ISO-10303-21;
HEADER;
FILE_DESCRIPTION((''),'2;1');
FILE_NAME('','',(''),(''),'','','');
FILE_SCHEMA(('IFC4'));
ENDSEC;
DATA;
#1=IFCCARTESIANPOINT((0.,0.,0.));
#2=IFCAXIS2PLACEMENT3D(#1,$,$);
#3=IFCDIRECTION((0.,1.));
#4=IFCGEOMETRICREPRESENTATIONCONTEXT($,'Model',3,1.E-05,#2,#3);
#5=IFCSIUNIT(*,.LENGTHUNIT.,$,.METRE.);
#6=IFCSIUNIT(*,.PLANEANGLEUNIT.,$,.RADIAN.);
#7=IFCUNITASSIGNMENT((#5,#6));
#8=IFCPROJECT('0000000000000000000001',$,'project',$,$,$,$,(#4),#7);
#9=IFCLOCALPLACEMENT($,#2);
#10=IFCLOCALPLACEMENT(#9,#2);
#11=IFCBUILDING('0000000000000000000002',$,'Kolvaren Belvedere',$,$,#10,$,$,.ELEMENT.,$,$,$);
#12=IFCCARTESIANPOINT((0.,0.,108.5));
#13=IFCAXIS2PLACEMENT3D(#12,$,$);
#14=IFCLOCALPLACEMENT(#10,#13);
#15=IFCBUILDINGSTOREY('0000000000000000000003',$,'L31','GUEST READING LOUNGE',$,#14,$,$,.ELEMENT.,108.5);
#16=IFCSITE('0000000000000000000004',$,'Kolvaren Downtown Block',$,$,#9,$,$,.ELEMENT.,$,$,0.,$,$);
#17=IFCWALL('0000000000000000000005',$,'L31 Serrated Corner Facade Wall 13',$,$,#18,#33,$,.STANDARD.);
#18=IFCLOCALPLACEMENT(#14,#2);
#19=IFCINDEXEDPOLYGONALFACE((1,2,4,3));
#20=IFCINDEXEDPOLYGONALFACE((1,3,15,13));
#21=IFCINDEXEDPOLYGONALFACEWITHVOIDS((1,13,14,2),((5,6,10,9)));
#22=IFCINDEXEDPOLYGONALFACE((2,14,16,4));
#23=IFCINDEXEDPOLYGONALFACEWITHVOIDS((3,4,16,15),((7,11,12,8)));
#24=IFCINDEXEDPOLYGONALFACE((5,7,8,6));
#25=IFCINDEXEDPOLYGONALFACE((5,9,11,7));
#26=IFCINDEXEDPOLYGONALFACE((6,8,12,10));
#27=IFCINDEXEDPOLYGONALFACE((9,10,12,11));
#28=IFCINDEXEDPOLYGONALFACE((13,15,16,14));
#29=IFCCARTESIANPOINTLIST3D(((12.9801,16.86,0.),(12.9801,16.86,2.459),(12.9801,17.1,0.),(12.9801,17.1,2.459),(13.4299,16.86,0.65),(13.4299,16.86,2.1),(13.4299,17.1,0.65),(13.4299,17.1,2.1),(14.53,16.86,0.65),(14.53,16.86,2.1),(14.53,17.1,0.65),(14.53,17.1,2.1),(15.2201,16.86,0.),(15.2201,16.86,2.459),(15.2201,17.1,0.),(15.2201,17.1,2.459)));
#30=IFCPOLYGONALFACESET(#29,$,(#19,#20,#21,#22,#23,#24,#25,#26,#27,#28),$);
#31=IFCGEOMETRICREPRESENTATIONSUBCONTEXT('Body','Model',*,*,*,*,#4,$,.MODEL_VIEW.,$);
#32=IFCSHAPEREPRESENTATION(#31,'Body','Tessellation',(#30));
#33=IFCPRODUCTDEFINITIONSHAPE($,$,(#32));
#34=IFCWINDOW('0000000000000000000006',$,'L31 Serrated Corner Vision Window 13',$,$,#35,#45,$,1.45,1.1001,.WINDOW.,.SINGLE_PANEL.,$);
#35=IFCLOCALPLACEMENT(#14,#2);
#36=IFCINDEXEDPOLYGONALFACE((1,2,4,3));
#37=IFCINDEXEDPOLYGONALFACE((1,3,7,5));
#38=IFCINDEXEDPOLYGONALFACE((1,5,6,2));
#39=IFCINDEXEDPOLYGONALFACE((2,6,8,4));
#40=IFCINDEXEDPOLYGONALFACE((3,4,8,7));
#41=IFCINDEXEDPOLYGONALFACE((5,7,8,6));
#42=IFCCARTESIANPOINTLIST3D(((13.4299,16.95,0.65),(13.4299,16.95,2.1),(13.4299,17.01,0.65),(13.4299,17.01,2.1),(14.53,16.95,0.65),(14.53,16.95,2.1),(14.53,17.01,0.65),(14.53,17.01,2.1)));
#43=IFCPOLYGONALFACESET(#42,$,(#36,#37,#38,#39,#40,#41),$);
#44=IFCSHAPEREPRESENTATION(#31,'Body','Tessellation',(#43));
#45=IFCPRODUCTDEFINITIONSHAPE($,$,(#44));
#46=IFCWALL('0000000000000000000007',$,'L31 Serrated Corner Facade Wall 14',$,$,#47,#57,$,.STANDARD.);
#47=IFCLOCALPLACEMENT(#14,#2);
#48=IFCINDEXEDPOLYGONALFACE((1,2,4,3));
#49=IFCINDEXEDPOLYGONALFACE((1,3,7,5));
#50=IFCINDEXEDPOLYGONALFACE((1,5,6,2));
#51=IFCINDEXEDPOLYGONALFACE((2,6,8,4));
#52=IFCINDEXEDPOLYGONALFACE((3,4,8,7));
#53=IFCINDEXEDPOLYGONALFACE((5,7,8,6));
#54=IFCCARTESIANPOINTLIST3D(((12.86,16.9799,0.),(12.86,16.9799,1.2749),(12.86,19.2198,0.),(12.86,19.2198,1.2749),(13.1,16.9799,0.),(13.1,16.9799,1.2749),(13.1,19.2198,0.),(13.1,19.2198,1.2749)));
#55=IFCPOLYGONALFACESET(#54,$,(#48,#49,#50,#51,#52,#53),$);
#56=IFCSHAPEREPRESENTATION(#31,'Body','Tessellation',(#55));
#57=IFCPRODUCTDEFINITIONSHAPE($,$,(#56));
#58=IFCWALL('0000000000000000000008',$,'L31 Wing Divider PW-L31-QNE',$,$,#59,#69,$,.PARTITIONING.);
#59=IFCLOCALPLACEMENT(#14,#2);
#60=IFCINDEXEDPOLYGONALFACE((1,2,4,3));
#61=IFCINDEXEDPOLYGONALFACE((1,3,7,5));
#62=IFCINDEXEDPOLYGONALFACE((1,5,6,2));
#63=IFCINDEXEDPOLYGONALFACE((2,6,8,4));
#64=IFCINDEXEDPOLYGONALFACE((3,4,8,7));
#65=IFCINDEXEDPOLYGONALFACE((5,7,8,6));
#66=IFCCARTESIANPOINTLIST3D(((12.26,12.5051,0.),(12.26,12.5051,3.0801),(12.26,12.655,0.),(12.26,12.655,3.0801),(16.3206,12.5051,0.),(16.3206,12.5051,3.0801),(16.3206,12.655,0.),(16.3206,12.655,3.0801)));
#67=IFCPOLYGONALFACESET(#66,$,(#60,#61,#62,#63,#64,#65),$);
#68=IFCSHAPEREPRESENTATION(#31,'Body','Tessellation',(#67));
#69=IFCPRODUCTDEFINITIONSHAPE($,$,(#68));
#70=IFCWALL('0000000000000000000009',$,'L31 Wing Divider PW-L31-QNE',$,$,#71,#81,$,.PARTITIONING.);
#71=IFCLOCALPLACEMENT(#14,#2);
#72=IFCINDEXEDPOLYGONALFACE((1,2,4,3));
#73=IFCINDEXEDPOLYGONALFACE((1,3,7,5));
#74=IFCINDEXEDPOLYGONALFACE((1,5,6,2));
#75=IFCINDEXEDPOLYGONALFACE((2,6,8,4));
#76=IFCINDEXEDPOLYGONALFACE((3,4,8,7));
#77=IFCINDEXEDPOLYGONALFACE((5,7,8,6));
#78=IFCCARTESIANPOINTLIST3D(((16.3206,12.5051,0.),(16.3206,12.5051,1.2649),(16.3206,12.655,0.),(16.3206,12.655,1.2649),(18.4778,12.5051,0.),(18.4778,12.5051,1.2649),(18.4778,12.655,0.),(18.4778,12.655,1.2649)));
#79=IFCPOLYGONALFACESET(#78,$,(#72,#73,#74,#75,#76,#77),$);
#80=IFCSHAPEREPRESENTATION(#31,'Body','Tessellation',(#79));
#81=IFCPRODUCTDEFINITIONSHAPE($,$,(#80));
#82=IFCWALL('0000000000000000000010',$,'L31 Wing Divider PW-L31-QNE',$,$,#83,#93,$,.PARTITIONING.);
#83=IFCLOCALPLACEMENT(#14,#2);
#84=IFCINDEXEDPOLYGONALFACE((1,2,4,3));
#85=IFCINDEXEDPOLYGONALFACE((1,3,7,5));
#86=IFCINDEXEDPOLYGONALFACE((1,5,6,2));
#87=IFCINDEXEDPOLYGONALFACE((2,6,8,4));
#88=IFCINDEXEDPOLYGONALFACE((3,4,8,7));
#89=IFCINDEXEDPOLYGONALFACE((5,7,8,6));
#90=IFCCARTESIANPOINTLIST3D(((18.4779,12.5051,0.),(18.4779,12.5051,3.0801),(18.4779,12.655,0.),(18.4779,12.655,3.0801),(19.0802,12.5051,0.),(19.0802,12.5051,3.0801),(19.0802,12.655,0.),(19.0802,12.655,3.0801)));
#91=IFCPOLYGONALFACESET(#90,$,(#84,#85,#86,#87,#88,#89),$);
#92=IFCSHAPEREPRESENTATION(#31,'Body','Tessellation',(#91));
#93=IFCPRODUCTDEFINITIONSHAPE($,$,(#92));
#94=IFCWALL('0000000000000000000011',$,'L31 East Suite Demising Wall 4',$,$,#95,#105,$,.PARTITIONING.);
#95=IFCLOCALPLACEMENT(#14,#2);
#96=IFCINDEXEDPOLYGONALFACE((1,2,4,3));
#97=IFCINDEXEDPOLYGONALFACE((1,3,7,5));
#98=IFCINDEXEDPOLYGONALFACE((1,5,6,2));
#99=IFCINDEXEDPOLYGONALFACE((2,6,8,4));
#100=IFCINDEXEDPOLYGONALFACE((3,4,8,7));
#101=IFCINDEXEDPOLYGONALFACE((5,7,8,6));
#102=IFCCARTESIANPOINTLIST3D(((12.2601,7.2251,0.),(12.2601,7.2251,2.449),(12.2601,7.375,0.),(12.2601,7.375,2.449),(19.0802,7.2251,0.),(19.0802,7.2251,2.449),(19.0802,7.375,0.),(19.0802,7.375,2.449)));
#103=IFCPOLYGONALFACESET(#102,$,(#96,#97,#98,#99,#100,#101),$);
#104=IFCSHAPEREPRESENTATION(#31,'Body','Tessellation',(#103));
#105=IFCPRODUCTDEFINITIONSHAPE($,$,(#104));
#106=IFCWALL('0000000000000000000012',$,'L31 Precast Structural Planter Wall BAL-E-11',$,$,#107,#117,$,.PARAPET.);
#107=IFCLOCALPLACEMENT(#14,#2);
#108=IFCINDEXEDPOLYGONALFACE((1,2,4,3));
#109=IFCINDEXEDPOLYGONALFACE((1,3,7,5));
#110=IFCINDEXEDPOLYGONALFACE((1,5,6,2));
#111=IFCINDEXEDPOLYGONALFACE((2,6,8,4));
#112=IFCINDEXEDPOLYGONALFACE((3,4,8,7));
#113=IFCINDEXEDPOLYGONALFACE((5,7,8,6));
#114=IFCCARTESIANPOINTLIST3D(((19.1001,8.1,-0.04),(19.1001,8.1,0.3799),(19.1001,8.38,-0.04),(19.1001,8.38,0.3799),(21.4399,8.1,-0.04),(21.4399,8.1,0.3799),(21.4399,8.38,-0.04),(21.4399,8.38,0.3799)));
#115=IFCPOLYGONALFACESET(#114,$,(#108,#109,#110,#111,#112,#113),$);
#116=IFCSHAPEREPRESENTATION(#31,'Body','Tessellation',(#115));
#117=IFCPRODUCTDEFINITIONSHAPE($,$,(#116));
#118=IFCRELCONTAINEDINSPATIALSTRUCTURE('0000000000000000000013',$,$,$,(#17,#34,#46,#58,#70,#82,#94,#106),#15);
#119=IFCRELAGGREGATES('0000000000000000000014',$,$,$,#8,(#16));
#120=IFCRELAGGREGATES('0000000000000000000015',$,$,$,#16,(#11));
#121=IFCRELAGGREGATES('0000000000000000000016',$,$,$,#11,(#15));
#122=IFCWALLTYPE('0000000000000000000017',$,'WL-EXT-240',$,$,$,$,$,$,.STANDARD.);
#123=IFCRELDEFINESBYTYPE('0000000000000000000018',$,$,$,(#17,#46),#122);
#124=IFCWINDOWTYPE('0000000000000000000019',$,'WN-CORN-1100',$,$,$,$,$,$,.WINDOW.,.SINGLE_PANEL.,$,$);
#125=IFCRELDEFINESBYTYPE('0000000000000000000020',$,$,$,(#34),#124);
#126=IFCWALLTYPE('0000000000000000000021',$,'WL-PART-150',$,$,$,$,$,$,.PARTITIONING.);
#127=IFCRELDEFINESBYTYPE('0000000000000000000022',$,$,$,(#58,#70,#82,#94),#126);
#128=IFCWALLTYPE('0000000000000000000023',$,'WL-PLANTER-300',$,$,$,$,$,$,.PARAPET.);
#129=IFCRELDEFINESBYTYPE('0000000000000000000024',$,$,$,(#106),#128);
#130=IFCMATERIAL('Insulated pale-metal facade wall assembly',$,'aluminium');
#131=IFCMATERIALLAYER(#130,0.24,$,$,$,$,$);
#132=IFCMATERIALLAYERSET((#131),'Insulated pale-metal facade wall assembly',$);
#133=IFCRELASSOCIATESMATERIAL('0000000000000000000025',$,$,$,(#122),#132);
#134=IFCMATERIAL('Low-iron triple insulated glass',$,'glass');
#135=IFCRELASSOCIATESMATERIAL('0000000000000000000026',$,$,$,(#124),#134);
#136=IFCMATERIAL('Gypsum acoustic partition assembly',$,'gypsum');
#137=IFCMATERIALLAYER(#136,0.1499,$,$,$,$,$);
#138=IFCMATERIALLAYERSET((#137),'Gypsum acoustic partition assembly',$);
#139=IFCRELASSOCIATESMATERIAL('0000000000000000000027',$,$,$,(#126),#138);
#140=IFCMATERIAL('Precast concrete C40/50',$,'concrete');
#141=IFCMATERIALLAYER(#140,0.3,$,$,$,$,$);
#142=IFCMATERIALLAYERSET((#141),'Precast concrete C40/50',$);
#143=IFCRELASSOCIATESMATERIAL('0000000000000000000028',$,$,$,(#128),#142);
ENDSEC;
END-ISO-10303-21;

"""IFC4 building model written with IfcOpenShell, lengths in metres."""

from ifc_helpers import new_model, si_unit, direction, frame, frame_2d, origin, place, context, subcontext, project, spatial, rectangle, extrude, material, layer, layer_set, type_object, element, fill, save


model = new_model("IFC4")

# Units and contexts
model_context = context("Model", 3, precision=1e-05, world=origin(), true_north=direction((0.0, 1.0)))
body_context = subcontext(model_context, "Body", "Model", "MODEL_VIEW")
ifc_project = project(units=[si_unit("LENGTHUNIT", "METRE"), si_unit("PLANEANGLEUNIT", "RADIAN")], contexts=[model_context])

# Site, building, storey
site_placement = place(None, origin())
site = spatial("IfcSite", under=ifc_project, at=site_placement, Name="Kolvaren Downtown Block", CompositionType="ELEMENT", RefElevation=0.0)
building_placement = place(site_placement, origin())
building = spatial("IfcBuilding", under=site, at=building_placement, Name="Kolvaren Belvedere", CompositionType="ELEMENT")
storey_placement = place(building_placement, frame((0.0, 0.0, 108.5)))
storey = spatial("IfcBuildingStorey", under=building, at=storey_placement, Name="L31", Description="GUEST READING LOUNGE", CompositionType="ELEMENT", Elevation=108.5)

# Shared definitions
ifc_material_1 = material(Name="Insulated pale-metal facade wall assembly", Category="aluminium")
ifc_layer_1 = layer(ifc_material_1, 0.24)
ifc_layer_set_1 = layer_set([ifc_layer_1], Name="Insulated pale-metal facade wall assembly")
wall_type_1 = type_object("IfcWallType", Name="WL-EXT-240", PredefinedType="STANDARD", material=ifc_layer_set_1)

# Wall, opening, window
ifc_material_2 = material(Name="Low-iron triple insulated glass", Category="glass")
window_type = type_object("IfcWindowType", Name="WN-CORN-1100", PartitioningType="SINGLE_PANEL", PredefinedType="WINDOW", material=ifc_material_2)
wall_1_placement = place(storey_placement, frame((12.98, 16.98, 0.0), z_axis=(0.0, 0.0, 1.0), x_axis=(1.0, 0.0, 0.0)))
wall_1 = element("IfcWall", 1, at=wall_1_placement, inside=storey, type_object=wall_type_1, Name="L31 Serrated Corner Facade Wall 13", PredefinedType="STANDARD", context=body_context, shape_type="SweptSolid", body=[
    extrude(rectangle(XDim=2.24, YDim=0.24, at=frame_2d((1.1201, 0.0))), origin(), (0.0, 0.0, 1.0), 2.459),
])
opening_1_placement = place(wall_1_placement, frame((0.45, 0.0, 0.6499)))
opening_1 = element("IfcOpeningElement", 2, at=opening_1_placement, cuts=wall_1, PredefinedType="OPENING", context=body_context, shape_type="SweptSolid", body=[
    extrude(rectangle(XDim=1.1001, YDim=1.45, at=frame_2d((0.55, 0.7251))), frame((0.0, 0.1299, 0.0), z_axis=(0.0, -1.0, 0.0), x_axis=(1.0, 0.0, 0.0)), (0.0, 0.0, 1.0), 0.26),
])
window_1_placement = place(opening_1_placement, origin())
window_1 = element("IfcWindow", 3, at=window_1_placement, inside=storey, type_object=window_type, Name="L31 Serrated Corner Vision Window 13", OverallHeight=1.45, OverallWidth=1.1001, PartitioningType="SINGLE_PANEL", PredefinedType="WINDOW", context=body_context, shape_type="SweptSolid", body=[
    extrude(rectangle(XDim=1.1001, YDim=1.45, at=frame_2d((0.55, 0.7251))), frame((0.0, 0.03, 0.0), z_axis=(0.0, -1.0, 0.0), x_axis=(1.0, 0.0, 0.0)), (0.0, 0.0, 1.0), 0.0601),
])
fill(opening_1, window_1)

# Walls
wall_2_placement = place(storey_placement, frame((12.98, 19.22, 0.0), z_axis=(0.0, 0.0, 1.0), x_axis=(0.0, -1.0, 0.0)))
element("IfcWall", 4, at=wall_2_placement, inside=storey, type_object=wall_type_1, Name="L31 Serrated Corner Facade Wall 14", PredefinedType="STANDARD", context=body_context, shape_type="SweptSolid", body=[
    extrude(rectangle(XDim=2.24, YDim=0.24, at=frame_2d((1.1201, 0.0))), origin(), (0.0, 0.0, 1.0), 1.2749),
])
ifc_material_3 = material(Name="Gypsum acoustic partition assembly", Category="gypsum")
ifc_layer_2 = layer(ifc_material_3, 0.1499)
ifc_layer_set_2 = layer_set([ifc_layer_2], Name="Gypsum acoustic partition assembly")
wall_type_2 = type_object("IfcWallType", Name="WL-PART-150", PredefinedType="PARTITIONING", material=ifc_layer_set_2)
wall_3_placement = place(storey_placement, frame((12.26, 12.5801, 0.0), z_axis=(0.0, 0.0, 1.0), x_axis=(1.0, 0.0, 0.0)))
element("IfcWall", 5, at=wall_3_placement, inside=storey, type_object=wall_type_2, Name="L31 Wing Divider PW-L31-QNE", PredefinedType="PARTITIONING", context=body_context, shape_type="SweptSolid", body=[
    extrude(rectangle(XDim=4.0605, YDim=0.1499, at=frame_2d((2.0303, 0.0))), origin(), (0.0, 0.0, 1.0), 3.0801),
])
wall_4_placement = place(storey_placement, frame((16.3206, 12.5801, 0.0), z_axis=(0.0, 0.0, 1.0), x_axis=(1.0, 0.0, 0.0)))
element("IfcWall", 6, at=wall_4_placement, inside=storey, type_object=wall_type_2, Name="L31 Wing Divider PW-L31-QNE", PredefinedType="PARTITIONING", context=body_context, shape_type="SweptSolid", body=[
    extrude(rectangle(XDim=2.1572, YDim=0.1499, at=frame_2d((1.0786, 0.0))), origin(), (0.0, 0.0, 1.0), 1.2649),
])
wall_5_placement = place(storey_placement, frame((18.4778, 12.5801, 0.0), z_axis=(0.0, 0.0, 1.0), x_axis=(1.0, 0.0, 0.0)))
element("IfcWall", 7, at=wall_5_placement, inside=storey, type_object=wall_type_2, Name="L31 Wing Divider PW-L31-QNE", PredefinedType="PARTITIONING", context=body_context, shape_type="SweptSolid", body=[
    extrude(rectangle(XDim=0.6023, YDim=0.1499, at=frame_2d((0.3013, 0.0))), origin(), (0.0, 0.0, 1.0), 3.0801),
])
wall_6_placement = place(storey_placement, frame((12.26, 7.3, 0.0), z_axis=(0.0, 0.0, 1.0), x_axis=(1.0, 0.0, 0.0)))
element("IfcWall", 8, at=wall_6_placement, inside=storey, type_object=wall_type_2, Name="L31 East Suite Demising Wall 4", PredefinedType="PARTITIONING", context=body_context, shape_type="SweptSolid", body=[
    extrude(rectangle(XDim=6.8201, YDim=0.1499, at=frame_2d((3.4102, 0.0))), origin(), (0.0, 0.0, 1.0), 2.449),
])
ifc_material_4 = material(Name="Precast concrete C40/50", Category="concrete")
ifc_layer_3 = layer(ifc_material_4, 0.3)
ifc_layer_set_3 = layer_set([ifc_layer_3], Name="Precast concrete C40/50")
wall_type_3 = type_object("IfcWallType", Name="WL-PLANTER-300", PredefinedType="PARAPET", material=ifc_layer_set_3)
wall_7_placement = place(storey_placement, frame((21.4399, 8.24, -0.04), z_axis=(0.0, 0.0, 1.0), x_axis=(-1.0, 0.0, 0.0)))
element("IfcWall", 9, at=wall_7_placement, inside=storey, type_object=wall_type_3, Name="L31 Precast Structural Planter Wall BAL-E-11", PredefinedType="PARAPET", context=body_context, shape_type="SweptSolid", body=[
    extrude(rectangle(XDim=2.3398, YDim=0.28, at=frame_2d((1.1699, 0.0))), origin(), (0.0, 0.0, 1.0), 0.4199),
])

save(model, "model.ifc")
